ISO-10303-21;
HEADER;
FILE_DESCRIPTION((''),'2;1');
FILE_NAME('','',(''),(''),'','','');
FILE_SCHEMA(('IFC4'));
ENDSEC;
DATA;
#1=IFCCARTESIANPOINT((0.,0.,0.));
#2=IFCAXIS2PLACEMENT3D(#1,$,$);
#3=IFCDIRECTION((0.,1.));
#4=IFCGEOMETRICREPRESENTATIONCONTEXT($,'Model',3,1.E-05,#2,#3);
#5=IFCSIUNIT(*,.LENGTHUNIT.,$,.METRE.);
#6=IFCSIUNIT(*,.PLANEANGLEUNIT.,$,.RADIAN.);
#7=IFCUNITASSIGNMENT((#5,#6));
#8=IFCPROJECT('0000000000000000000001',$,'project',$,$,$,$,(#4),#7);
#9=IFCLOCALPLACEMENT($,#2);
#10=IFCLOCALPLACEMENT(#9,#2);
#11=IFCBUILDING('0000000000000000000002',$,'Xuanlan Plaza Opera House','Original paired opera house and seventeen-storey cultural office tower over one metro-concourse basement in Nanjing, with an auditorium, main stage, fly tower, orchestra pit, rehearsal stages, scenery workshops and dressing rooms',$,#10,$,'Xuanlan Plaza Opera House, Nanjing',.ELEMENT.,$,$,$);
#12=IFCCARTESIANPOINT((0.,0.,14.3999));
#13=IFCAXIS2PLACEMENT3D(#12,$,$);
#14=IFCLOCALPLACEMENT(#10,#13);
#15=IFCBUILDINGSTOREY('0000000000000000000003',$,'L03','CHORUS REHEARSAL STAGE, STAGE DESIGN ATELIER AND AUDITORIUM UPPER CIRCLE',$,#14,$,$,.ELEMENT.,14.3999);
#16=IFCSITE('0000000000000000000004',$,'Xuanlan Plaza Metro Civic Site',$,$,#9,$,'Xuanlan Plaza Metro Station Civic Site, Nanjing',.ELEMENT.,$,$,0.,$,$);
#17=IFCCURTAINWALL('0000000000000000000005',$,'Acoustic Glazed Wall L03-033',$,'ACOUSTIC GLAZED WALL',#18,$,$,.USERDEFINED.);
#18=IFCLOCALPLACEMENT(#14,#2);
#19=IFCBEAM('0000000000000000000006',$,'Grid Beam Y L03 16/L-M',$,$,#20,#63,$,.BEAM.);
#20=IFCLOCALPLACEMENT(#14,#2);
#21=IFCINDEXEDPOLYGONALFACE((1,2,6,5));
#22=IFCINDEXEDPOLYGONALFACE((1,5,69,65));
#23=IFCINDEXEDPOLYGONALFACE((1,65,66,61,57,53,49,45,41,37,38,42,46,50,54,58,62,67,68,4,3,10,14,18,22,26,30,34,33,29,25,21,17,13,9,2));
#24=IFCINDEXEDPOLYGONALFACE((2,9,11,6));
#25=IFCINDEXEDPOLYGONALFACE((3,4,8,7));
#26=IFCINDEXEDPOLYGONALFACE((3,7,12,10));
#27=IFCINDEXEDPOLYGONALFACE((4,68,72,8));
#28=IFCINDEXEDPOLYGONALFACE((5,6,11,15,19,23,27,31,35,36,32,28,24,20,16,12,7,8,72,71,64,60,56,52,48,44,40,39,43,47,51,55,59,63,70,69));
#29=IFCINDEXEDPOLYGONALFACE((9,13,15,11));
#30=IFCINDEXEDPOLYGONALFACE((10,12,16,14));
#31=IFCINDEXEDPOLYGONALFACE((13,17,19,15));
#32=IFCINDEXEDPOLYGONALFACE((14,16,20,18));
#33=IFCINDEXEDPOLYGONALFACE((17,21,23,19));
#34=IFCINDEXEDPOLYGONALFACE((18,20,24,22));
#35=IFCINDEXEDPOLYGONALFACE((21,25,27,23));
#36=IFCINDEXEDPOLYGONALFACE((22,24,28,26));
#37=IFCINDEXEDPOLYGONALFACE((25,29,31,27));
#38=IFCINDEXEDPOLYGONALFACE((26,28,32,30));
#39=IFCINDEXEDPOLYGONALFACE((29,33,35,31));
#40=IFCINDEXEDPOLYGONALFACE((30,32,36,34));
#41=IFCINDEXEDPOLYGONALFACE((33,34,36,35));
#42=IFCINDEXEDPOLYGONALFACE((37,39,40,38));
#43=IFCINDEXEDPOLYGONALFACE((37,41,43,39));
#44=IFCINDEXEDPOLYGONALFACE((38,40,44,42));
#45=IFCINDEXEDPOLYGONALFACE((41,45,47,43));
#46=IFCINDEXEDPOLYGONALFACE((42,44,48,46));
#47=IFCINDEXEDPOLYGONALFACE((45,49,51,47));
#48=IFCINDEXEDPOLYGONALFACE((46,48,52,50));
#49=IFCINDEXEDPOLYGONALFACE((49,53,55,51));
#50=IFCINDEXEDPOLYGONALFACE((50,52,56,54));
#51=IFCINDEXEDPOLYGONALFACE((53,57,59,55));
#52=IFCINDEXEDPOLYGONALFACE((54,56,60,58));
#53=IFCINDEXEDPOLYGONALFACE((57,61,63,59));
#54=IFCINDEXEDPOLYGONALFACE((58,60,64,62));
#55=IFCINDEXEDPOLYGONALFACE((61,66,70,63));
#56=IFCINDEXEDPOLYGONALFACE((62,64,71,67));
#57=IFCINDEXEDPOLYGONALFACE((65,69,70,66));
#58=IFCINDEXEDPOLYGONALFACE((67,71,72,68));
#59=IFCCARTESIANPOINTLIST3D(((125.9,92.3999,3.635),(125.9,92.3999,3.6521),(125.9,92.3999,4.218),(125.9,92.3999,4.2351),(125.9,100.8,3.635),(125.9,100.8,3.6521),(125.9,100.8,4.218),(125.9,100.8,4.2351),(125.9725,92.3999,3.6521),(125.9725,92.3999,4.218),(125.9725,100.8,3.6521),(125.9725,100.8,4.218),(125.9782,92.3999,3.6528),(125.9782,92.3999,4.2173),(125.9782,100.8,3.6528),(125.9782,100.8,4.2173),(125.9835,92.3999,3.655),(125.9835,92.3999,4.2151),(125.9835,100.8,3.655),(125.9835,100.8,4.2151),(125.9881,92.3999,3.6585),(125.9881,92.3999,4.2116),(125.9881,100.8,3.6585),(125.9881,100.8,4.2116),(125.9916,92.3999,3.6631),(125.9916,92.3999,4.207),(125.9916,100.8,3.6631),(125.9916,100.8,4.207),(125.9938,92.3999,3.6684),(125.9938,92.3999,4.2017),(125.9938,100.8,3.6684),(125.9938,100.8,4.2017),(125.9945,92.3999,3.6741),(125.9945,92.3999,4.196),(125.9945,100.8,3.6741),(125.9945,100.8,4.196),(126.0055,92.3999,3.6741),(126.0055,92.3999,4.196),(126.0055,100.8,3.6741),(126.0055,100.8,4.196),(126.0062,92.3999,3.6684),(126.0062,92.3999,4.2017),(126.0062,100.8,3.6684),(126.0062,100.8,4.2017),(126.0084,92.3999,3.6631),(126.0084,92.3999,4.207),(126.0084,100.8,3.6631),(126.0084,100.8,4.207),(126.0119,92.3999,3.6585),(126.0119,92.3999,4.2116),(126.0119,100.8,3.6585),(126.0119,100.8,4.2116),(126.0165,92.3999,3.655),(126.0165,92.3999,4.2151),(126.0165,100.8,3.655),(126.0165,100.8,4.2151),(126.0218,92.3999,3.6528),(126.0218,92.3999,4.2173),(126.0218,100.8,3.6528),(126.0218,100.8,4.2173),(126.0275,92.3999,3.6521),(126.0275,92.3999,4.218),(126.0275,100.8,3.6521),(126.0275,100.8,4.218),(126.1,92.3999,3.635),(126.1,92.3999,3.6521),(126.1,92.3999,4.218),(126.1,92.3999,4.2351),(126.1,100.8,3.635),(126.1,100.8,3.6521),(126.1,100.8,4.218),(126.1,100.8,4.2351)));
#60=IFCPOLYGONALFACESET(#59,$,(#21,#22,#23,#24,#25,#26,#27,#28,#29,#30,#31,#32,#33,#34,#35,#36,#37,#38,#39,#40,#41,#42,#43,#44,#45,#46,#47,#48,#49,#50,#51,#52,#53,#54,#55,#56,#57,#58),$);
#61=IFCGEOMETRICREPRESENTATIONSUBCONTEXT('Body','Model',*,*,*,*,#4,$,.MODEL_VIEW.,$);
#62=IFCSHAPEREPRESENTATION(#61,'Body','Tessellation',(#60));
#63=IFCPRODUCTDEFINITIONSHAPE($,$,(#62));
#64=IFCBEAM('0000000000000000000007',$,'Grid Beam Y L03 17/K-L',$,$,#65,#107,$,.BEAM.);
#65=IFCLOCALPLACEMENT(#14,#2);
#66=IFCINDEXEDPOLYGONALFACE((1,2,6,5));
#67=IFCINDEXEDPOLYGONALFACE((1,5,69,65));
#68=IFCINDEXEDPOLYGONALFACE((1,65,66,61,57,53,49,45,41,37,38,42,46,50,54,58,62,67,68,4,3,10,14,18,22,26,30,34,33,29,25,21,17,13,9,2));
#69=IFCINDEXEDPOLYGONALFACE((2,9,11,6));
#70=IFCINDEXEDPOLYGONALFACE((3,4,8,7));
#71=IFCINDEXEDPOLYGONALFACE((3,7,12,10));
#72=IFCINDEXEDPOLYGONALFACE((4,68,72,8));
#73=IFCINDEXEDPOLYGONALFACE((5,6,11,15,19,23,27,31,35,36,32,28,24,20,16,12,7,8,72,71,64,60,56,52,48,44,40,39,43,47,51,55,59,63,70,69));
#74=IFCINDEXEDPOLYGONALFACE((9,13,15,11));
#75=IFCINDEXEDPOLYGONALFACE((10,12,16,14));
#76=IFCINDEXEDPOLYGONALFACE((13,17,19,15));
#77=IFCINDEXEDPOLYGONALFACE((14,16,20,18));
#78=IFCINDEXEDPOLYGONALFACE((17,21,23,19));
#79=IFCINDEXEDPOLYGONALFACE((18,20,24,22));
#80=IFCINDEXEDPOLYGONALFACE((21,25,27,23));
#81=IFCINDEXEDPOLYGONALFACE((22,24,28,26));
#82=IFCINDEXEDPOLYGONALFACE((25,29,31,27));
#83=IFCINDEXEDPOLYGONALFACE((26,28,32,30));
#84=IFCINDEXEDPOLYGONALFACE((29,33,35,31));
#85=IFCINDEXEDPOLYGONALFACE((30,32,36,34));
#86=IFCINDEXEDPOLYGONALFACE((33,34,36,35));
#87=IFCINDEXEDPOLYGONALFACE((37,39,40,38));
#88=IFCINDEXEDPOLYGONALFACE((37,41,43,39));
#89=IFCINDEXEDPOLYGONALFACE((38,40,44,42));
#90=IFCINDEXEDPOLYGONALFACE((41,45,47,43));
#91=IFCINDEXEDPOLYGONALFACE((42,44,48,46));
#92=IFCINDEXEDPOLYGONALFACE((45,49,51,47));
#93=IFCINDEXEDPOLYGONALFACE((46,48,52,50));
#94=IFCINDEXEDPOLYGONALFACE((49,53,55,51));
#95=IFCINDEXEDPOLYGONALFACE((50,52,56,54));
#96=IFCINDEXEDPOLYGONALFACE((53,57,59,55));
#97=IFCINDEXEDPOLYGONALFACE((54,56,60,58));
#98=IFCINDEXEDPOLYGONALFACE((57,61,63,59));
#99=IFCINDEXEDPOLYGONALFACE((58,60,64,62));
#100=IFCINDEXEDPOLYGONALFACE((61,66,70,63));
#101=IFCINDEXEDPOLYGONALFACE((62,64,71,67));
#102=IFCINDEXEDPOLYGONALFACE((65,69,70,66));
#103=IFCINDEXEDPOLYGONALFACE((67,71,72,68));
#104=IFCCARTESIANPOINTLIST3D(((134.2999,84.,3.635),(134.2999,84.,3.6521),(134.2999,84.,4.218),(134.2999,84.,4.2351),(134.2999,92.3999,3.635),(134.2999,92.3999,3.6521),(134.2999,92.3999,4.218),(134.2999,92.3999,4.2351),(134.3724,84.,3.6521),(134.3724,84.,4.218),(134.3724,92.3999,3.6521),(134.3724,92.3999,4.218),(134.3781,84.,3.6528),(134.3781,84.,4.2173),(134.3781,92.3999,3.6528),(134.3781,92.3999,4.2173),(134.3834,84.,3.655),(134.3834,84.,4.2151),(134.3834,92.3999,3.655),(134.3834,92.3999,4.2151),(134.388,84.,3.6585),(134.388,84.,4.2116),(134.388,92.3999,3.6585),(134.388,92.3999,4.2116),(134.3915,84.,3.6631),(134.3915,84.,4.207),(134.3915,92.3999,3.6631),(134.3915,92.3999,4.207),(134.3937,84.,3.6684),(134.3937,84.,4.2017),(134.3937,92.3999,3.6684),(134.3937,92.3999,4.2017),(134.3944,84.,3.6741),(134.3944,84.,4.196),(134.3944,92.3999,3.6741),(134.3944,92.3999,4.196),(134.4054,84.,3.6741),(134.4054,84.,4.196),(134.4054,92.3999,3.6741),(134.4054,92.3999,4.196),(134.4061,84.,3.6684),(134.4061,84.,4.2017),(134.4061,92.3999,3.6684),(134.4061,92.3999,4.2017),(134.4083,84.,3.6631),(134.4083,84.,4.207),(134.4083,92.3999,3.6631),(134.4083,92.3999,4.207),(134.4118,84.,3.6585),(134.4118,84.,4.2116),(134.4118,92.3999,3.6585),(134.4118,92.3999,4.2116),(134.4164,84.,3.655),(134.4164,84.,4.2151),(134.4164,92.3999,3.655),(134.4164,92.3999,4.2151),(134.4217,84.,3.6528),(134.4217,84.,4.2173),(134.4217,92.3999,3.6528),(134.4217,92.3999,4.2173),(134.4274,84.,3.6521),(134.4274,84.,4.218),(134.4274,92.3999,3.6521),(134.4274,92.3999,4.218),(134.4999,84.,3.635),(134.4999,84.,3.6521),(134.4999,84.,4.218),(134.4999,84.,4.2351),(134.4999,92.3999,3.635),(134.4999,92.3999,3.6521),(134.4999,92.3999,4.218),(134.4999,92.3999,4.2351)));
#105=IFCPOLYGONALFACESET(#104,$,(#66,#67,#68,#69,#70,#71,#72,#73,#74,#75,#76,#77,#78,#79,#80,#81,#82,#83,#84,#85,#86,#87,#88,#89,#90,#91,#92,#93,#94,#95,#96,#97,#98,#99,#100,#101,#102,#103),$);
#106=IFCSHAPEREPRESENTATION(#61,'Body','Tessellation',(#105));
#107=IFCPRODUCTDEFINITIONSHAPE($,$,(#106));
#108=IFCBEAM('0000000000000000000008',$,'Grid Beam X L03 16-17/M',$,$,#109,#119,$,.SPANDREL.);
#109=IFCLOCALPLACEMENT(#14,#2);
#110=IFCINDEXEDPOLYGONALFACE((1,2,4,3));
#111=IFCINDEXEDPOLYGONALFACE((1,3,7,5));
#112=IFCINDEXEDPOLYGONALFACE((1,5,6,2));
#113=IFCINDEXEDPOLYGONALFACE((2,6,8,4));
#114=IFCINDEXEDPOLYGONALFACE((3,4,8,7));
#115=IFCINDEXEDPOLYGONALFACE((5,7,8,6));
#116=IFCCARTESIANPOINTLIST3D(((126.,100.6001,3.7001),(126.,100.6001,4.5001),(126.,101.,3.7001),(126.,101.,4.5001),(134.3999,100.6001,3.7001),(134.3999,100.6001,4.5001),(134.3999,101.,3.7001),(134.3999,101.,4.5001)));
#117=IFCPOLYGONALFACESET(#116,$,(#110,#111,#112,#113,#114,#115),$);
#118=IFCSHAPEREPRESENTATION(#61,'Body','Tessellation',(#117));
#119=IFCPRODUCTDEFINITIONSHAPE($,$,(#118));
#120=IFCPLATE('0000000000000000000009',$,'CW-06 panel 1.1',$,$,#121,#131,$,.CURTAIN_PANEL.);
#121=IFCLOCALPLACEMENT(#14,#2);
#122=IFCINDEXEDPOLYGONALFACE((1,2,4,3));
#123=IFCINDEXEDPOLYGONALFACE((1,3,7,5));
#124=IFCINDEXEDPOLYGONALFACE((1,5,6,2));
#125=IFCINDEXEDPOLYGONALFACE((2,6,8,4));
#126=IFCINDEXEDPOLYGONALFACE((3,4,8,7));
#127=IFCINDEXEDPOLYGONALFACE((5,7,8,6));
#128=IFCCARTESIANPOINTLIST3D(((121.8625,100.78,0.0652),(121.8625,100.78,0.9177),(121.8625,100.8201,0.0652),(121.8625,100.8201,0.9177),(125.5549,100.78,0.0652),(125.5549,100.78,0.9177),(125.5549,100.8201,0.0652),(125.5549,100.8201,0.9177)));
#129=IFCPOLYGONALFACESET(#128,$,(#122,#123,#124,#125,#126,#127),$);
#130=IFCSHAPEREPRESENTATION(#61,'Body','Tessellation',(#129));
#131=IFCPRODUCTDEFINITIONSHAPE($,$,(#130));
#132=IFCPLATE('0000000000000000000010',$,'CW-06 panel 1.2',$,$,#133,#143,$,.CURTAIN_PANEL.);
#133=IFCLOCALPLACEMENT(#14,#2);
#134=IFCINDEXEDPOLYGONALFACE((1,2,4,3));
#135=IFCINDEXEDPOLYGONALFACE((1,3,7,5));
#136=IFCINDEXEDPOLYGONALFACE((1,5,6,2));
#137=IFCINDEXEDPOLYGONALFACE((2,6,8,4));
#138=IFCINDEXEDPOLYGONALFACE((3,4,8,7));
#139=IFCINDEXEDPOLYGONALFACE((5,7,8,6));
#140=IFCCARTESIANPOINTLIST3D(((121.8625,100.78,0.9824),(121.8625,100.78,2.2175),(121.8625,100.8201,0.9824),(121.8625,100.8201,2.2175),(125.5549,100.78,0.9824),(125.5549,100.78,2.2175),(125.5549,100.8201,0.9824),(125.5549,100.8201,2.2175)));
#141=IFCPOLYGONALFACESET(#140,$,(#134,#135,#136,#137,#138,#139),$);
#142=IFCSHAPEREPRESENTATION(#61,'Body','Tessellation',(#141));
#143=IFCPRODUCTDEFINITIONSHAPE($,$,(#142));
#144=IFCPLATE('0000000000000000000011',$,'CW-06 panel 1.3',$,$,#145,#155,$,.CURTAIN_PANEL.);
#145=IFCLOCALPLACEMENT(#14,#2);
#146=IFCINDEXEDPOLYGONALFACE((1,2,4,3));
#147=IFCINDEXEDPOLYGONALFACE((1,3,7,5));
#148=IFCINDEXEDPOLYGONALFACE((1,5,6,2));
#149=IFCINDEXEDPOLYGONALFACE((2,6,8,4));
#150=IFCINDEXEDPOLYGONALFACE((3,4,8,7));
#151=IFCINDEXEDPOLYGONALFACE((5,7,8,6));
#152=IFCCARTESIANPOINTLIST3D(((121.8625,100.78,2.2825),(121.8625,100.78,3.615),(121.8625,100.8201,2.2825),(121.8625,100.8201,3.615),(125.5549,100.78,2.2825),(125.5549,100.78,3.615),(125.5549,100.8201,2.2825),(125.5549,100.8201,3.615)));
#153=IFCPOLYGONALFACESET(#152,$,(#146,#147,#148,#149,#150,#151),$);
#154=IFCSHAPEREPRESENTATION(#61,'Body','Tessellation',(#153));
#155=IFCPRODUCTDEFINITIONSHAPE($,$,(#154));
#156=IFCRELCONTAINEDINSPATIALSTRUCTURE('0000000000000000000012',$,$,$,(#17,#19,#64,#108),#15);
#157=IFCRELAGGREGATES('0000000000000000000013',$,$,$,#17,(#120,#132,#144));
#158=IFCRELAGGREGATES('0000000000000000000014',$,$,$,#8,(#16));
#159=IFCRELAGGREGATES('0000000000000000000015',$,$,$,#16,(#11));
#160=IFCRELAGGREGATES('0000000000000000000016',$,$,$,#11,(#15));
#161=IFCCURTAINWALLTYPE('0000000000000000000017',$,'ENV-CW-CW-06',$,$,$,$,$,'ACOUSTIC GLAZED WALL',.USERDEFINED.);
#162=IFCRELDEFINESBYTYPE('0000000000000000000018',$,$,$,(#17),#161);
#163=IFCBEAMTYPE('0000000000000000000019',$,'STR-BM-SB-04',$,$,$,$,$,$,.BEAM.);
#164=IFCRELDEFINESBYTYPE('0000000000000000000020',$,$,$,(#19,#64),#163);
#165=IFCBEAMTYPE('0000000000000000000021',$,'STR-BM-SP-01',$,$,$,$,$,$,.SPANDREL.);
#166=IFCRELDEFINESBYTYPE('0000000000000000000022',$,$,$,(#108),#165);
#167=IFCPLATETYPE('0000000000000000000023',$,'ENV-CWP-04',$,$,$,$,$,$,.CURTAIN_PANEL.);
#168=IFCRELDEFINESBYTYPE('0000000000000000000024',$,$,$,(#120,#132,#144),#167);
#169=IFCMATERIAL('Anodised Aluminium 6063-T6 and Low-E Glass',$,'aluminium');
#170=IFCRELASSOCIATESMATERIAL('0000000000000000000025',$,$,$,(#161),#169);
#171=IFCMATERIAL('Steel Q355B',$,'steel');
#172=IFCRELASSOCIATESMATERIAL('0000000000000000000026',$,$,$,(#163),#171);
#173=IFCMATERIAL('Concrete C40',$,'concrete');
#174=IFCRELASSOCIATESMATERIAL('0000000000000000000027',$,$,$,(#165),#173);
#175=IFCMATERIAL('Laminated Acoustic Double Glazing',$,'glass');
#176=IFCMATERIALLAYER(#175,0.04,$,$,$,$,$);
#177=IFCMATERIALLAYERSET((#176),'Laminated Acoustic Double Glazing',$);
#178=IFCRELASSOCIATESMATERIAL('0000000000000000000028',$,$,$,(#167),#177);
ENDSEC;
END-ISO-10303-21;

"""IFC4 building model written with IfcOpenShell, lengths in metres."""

from ifc_helpers import new_model, si_unit, direction, frame, origin, origin_2d, place, context, subcontext, project, spatial, rectangle, i_section, extrude, material, layer, layer_set, material_profile, profile_set, type_object, element, aggregate, save


model = new_model("IFC4")

# Units and contexts
model_context = context("Model", 3, precision=1e-05, world=origin(), true_north=direction((0.0, 1.0)))
body_context = subcontext(model_context, "Body", "Model", "MODEL_VIEW")
ifc_project = project(units=[si_unit("LENGTHUNIT", "METRE"), si_unit("PLANEANGLEUNIT", "RADIAN")], contexts=[model_context])

# Site, building, storey
site_placement = place(None, origin())
site = spatial("IfcSite", under=ifc_project, at=site_placement, Name="Xuanlan Plaza Metro Civic Site", LongName="Xuanlan Plaza Metro Station Civic Site, Nanjing", CompositionType="ELEMENT", RefElevation=0.0)
building_placement = place(site_placement, origin())
building = spatial("IfcBuilding", under=site, at=building_placement, Name="Xuanlan Plaza Opera House", Description="Original paired opera house and seventeen-storey cultural office tower over one metro-concourse basement in Nanjing, with an auditorium, main stage, fly tower, orchestra pit, rehearsal stages, scenery workshops and dressing rooms", LongName="Xuanlan Plaza Opera House, Nanjing", CompositionType="ELEMENT")
storey_placement = place(building_placement, frame((0.0, 0.0, 14.3999)))
storey = spatial("IfcBuildingStorey", under=building, at=storey_placement, Name="L03", Description="CHORUS REHEARSAL STAGE, STAGE DESIGN ATELIER AND AUDITORIUM UPPER CIRCLE", CompositionType="ELEMENT", Elevation=14.3999)

# Shared definitions
ifc_material_1 = material(Name="Concrete C40", Category="concrete")
ifc_material_2 = material(Name="Steel Q355B", Category="steel")

# Shared definitions
ifc_material_3 = material(Name="Anodised Aluminium 6063-T6 and Low-E Glass", Category="aluminium")

# Curtain wall
curtain_wall_type_1 = type_object("IfcCurtainWallType", Name="ENV-CW-CW-06", ElementType="ACOUSTIC GLAZED WALL", PredefinedType="USERDEFINED", material=ifc_material_3)
curtain_wall_1_placement = place(storey_placement, origin())
curtain_wall_1 = element("IfcCurtainWall", 1, at=curtain_wall_1_placement, inside=storey, type_object=curtain_wall_type_1, Name="Acoustic Glazed Wall L03-033", ObjectType="ACOUSTIC GLAZED WALL", PredefinedType="USERDEFINED")

# Beams
ifc_material_profile_1 = material_profile(ifc_material_2, i_section(OverallWidth=0.2, OverallDepth=0.6001, WebThickness=0.011, FlangeThickness=0.0171, FilletRadius=0.022, at=origin_2d()), Name="HN 600x200x11x17")
ifc_profile_set_1 = profile_set([ifc_material_profile_1], Name="Steel Q355B")
beam_type_1 = type_object("IfcBeamType", Name="STR-BM-SB-04", PredefinedType="BEAM", material=ifc_profile_set_1)
beam_1_placement = place(storey_placement, frame((126.0, 92.3999, 3.9351), z_axis=(0.0, 1.0, 0.0), x_axis=(-1.0, 0.0, 0.0)))
element("IfcBeam", 2, at=beam_1_placement, inside=storey, type_object=beam_type_1, Name="Grid Beam Y L03 16/L-M", PredefinedType="BEAM", context=body_context, shape_type="SweptSolid", body=[
    extrude(i_section(OverallWidth=0.2, OverallDepth=0.6001, WebThickness=0.011, FlangeThickness=0.0171, FilletRadius=0.022, at=origin_2d()), origin(), (0.0, 0.0, 1.0), 8.4001),
])
beam_2_placement = place(storey_placement, frame((134.3999, 84.0, 3.9351), z_axis=(0.0, 1.0, 0.0), x_axis=(-1.0, 0.0, 0.0)))
element("IfcBeam", 3, at=beam_2_placement, inside=storey, type_object=beam_type_1, Name="Grid Beam Y L03 17/K-L", PredefinedType="BEAM", context=body_context, shape_type="SweptSolid", body=[
    extrude(i_section(OverallWidth=0.2, OverallDepth=0.6001, WebThickness=0.011, FlangeThickness=0.0171, FilletRadius=0.022, at=origin_2d()), origin(), (0.0, 0.0, 1.0), 8.3999),
])
ifc_material_profile_2 = material_profile(ifc_material_1, rectangle(XDim=0.3999, YDim=0.8, at=origin_2d()), Name="RC-SPD 400x800")
ifc_profile_set_2 = profile_set([ifc_material_profile_2], Name="Concrete C40")
beam_type_2 = type_object("IfcBeamType", Name="STR-BM-SP-01", PredefinedType="SPANDREL", material=ifc_profile_set_2)
beam_3_placement = place(storey_placement, frame((126.0, 100.8, 4.1001), z_axis=(1.0, 0.0, 0.0), x_axis=(0.0, 1.0, 0.0)))
element("IfcBeam", 4, at=beam_3_placement, inside=storey, type_object=beam_type_2, Name="Grid Beam X L03 16-17/M", PredefinedType="SPANDREL", context=body_context, shape_type="SweptSolid", body=[
    extrude(rectangle(XDim=0.3999, YDim=0.8, at=origin_2d()), origin(), (0.0, 0.0, 1.0), 8.3999),
])

# Plates
ifc_material_4 = material(Name="Laminated Acoustic Double Glazing", Category="glass")
ifc_layer = layer(ifc_material_4, 0.04)
ifc_layer_set = layer_set([ifc_layer], Name="Laminated Acoustic Double Glazing")
plate_type = type_object("IfcPlateType", Name="ENV-CWP-04", PredefinedType="CURTAIN_PANEL", material=ifc_layer_set)
plate_1_placement = place(storey_placement, frame((123.7087, 100.8, 0.0652), z_axis=(0.0, 0.0, 1.0), x_axis=(-1.0, 0.0, 0.0)))
plate_1 = element("IfcPlate", 5, at=plate_1_placement, type_object=plate_type, Name="CW-06 panel 1.1", PredefinedType="CURTAIN_PANEL", context=body_context, shape_type="SweptSolid", body=[
    extrude(rectangle(XDim=3.6924, YDim=0.04, at=origin_2d()), origin(), (0.0, 0.0, 1.0), 0.8525),
])
plate_2_placement = place(storey_placement, frame((123.7087, 100.8, 0.9824), z_axis=(0.0, 0.0, 1.0), x_axis=(-1.0, 0.0, 0.0)))
plate_2 = element("IfcPlate", 6, at=plate_2_placement, type_object=plate_type, Name="CW-06 panel 1.2", PredefinedType="CURTAIN_PANEL", context=body_context, shape_type="SweptSolid", body=[
    extrude(rectangle(XDim=3.6924, YDim=0.04, at=origin_2d()), origin(), (0.0, 0.0, 1.0), 1.2351),
])
plate_3_placement = place(storey_placement, frame((123.7087, 100.8, 2.2825), z_axis=(0.0, 0.0, 1.0), x_axis=(-1.0, 0.0, 0.0)))
plate_3 = element("IfcPlate", 7, at=plate_3_placement, type_object=plate_type, Name="CW-06 panel 1.3", PredefinedType="CURTAIN_PANEL", context=body_context, shape_type="SweptSolid", body=[
    extrude(rectangle(XDim=3.6924, YDim=0.04, at=origin_2d()), origin(), (0.0, 0.0, 1.0), 1.3325),
])
aggregate(curtain_wall_1, [plate_1, plate_2, plate_3])

save(model, "model.ifc")
